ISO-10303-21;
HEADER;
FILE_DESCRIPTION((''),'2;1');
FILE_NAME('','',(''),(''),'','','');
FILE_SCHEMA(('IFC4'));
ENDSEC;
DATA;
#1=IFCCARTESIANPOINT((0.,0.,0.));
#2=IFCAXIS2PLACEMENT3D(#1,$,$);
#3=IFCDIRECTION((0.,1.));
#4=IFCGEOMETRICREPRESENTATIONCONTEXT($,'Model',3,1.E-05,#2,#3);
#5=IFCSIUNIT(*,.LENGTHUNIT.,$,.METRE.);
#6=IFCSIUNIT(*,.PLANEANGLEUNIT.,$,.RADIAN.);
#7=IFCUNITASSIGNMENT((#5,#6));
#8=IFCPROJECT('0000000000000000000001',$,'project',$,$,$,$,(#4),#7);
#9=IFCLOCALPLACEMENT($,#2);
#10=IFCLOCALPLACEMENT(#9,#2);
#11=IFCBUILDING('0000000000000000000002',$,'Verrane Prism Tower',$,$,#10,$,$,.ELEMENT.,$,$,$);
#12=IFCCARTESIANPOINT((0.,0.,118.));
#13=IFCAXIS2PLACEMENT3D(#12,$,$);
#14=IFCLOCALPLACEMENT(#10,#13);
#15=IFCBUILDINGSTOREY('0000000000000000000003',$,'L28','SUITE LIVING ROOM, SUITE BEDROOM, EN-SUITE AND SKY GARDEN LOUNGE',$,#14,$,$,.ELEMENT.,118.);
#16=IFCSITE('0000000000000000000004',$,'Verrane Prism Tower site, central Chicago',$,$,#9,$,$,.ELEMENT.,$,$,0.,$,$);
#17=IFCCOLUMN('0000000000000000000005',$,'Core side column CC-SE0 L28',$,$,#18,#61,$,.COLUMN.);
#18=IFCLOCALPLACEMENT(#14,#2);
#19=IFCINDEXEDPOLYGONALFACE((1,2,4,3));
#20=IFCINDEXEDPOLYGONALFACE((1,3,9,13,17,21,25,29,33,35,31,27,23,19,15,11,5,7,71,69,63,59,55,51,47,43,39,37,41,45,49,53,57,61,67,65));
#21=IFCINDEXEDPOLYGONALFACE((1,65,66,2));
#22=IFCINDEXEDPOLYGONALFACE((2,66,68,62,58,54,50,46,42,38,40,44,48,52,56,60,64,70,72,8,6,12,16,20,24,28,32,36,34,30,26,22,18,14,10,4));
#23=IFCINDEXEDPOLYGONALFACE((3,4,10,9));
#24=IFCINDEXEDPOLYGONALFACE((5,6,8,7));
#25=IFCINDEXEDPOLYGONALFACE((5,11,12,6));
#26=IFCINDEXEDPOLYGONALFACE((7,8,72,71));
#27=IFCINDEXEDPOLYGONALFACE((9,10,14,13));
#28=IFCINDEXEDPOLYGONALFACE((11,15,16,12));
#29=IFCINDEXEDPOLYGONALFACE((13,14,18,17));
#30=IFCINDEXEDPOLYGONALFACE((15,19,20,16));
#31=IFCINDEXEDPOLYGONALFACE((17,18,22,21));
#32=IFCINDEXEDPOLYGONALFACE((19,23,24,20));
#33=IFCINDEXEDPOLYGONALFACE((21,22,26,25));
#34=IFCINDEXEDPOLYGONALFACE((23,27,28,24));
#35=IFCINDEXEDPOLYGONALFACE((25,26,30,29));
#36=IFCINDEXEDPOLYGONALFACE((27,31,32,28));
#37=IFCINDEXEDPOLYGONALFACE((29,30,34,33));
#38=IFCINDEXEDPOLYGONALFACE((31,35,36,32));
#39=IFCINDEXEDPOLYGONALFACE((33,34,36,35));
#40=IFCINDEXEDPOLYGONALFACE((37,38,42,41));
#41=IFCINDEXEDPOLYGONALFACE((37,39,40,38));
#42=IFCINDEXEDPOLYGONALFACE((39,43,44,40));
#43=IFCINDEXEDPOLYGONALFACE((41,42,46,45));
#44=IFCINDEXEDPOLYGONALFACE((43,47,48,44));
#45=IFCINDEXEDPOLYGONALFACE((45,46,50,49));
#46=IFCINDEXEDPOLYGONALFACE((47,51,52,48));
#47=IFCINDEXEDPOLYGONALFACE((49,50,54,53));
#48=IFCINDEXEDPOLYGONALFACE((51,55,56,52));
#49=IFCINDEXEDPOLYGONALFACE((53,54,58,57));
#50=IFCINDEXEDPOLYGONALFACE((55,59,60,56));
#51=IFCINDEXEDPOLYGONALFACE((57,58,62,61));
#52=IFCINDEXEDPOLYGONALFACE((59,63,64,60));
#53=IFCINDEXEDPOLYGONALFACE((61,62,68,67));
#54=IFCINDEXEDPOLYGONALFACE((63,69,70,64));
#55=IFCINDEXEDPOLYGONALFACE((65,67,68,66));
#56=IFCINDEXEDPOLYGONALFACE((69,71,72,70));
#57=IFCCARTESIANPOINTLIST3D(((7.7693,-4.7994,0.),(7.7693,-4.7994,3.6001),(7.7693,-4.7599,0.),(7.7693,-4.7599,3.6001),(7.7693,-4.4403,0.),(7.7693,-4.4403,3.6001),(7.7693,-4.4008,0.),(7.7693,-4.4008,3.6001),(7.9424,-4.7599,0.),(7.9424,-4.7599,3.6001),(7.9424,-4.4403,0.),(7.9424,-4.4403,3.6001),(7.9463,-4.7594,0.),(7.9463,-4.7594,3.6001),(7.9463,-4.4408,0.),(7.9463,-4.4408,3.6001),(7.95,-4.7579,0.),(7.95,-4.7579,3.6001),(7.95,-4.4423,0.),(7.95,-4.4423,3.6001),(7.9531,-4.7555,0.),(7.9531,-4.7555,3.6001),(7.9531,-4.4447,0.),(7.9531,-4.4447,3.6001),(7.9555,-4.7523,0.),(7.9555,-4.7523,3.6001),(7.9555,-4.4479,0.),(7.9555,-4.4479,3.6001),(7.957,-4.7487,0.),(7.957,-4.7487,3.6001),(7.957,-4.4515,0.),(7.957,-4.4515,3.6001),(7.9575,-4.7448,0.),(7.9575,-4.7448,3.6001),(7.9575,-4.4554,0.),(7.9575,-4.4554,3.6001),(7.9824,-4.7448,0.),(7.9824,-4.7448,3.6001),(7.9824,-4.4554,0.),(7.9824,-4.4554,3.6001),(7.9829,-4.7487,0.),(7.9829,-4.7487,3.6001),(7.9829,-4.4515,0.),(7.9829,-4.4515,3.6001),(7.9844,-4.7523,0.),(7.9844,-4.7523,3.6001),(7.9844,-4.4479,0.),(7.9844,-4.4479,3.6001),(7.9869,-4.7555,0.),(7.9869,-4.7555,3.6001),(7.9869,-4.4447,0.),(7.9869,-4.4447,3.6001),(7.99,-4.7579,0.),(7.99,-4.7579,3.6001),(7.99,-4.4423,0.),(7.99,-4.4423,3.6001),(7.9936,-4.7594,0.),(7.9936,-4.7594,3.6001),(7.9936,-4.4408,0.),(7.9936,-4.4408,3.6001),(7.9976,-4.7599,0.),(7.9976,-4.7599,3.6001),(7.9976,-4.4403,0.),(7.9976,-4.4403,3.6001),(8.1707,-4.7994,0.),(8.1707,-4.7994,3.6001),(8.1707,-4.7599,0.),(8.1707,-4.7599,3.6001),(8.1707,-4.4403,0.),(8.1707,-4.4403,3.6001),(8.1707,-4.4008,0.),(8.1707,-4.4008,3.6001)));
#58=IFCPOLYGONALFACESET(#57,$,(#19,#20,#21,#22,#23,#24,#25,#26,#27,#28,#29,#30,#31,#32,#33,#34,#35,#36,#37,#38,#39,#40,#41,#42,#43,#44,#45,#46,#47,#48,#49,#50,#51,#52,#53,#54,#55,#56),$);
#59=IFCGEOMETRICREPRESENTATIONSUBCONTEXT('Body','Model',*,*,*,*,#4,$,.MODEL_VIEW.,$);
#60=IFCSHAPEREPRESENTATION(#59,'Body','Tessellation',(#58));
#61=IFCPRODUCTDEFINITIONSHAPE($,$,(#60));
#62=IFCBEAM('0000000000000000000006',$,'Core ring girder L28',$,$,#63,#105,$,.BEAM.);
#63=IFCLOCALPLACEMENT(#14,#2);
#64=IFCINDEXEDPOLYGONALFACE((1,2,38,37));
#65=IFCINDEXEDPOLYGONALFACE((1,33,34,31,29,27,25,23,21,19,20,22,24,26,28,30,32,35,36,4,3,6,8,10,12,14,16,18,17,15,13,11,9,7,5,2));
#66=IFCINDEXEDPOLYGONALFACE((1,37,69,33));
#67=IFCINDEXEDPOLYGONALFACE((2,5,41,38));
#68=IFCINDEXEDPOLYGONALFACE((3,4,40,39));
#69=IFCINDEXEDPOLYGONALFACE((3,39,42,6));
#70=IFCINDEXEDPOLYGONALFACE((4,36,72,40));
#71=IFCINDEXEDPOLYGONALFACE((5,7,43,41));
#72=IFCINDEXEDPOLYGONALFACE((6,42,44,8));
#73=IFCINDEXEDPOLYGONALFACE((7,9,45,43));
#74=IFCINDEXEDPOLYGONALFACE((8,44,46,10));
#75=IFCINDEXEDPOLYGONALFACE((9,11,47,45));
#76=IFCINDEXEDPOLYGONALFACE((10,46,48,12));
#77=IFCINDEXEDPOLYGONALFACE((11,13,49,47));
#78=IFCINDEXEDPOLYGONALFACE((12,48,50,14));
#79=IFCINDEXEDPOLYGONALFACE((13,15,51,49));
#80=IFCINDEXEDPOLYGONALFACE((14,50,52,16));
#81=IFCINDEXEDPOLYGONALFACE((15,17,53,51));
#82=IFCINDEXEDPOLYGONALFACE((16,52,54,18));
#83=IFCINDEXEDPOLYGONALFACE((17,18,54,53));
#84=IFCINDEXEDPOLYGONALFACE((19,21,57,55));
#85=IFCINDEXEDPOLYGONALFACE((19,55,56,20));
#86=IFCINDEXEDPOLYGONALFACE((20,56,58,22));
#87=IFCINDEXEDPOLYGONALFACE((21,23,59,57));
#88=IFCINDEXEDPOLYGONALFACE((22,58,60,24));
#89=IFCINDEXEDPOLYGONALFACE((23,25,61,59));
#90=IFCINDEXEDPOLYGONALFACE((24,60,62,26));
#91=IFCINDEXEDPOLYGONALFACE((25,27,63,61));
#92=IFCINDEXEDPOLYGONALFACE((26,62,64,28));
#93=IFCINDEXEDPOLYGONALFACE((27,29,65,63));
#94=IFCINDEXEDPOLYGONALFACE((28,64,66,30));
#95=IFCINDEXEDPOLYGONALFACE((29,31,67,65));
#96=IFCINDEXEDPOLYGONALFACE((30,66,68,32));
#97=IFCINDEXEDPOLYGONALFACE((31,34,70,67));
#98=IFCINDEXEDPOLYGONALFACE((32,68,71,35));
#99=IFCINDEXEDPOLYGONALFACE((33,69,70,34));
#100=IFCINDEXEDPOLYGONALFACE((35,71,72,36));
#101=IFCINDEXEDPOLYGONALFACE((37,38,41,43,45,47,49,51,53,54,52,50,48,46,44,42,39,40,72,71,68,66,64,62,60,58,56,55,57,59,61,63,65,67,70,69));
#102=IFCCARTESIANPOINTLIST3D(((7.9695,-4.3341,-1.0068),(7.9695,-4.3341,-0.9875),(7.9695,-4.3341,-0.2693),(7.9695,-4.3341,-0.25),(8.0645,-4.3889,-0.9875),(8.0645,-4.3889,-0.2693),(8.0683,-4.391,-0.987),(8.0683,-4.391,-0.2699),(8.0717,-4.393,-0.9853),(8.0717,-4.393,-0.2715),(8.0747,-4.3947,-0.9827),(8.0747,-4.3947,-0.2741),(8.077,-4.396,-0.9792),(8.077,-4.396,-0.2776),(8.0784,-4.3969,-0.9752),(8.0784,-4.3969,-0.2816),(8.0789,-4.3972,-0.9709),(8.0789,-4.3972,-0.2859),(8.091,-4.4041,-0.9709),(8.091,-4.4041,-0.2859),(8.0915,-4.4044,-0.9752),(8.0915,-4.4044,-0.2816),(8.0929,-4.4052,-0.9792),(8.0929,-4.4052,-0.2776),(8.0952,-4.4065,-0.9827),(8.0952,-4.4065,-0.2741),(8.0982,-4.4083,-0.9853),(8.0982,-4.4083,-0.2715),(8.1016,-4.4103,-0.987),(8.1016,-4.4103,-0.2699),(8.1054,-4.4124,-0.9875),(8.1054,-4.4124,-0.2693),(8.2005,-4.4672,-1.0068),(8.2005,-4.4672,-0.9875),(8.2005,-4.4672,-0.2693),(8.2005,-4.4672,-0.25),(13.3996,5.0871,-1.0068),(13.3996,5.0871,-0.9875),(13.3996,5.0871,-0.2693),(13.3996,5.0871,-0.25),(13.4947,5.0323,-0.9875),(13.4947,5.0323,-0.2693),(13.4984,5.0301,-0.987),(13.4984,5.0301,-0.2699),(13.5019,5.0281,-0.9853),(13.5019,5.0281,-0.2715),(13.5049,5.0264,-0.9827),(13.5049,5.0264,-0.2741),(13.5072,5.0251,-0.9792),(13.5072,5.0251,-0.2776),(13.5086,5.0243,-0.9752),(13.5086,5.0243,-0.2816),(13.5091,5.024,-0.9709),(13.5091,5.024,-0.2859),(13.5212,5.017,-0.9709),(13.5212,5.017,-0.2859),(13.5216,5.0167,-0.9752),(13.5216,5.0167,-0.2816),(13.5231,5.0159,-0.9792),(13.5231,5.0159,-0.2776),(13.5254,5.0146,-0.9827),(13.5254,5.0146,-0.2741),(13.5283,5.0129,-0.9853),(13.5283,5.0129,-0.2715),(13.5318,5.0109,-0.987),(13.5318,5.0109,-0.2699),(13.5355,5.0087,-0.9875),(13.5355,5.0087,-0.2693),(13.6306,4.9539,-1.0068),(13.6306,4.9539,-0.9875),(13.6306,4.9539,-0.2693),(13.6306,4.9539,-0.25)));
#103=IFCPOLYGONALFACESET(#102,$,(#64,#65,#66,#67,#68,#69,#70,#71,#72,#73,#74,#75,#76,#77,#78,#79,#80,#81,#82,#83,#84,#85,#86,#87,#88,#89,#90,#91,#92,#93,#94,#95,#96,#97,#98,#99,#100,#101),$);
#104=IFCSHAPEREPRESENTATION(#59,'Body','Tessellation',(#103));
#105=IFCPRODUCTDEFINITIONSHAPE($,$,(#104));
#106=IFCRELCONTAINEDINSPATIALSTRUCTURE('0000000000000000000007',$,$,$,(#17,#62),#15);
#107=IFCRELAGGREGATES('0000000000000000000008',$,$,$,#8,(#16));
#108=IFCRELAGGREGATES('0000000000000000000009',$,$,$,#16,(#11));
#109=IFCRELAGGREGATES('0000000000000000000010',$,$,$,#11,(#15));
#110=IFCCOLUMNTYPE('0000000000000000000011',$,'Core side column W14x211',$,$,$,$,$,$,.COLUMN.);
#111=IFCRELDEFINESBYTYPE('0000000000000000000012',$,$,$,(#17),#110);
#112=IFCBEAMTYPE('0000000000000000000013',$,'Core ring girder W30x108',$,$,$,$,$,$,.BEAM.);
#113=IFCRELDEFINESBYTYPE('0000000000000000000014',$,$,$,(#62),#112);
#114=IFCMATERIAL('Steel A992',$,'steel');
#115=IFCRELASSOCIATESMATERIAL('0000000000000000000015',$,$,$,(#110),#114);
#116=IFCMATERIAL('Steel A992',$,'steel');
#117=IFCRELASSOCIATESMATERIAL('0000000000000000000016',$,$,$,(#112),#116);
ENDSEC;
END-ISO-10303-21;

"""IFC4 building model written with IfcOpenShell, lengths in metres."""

from ifc_helpers import new_model, si_unit, direction, frame, origin, origin_2d, place, context, subcontext, project, spatial, i_section, extrude, material, material_profile, profile_set, type_object, element, save


model = new_model("IFC4")

# Units and contexts
model_context = context("Model", 3, precision=1e-05, world=origin(), true_north=direction((0.0, 1.0)))
body_context = subcontext(model_context, "Body", "Model", "MODEL_VIEW")
ifc_project = project(units=[si_unit("LENGTHUNIT", "METRE"), si_unit("PLANEANGLEUNIT", "RADIAN")], contexts=[model_context])

# Site, building, storey
site_placement = place(None, origin())
site = spatial("IfcSite", under=ifc_project, at=site_placement, Name="Verrane Prism Tower site, central Chicago", CompositionType="ELEMENT", RefElevation=0.0)
building_placement = place(site_placement, origin())
building = spatial("IfcBuilding", under=site, at=building_placement, Name="Verrane Prism Tower", CompositionType="ELEMENT")
storey_placement = place(building_placement, frame((0.0, 0.0, 118.0)))
storey = spatial("IfcBuildingStorey", under=building, at=storey_placement, Name="L28", Description="SUITE LIVING ROOM, SUITE BEDROOM, EN-SUITE AND SKY GARDEN LOUNGE", CompositionType="ELEMENT", Elevation=118.0)

# Column
ifc_material_1 = material(Name="Steel A992", Category="steel")
ifc_material_profile_1 = material_profile(ifc_material_1, i_section(OverallWidth=0.4014, OverallDepth=0.3987, WebThickness=0.0249, FlangeThickness=0.0396, FilletRadius=0.0151, at=origin_2d()), Name="W14x211")
ifc_profile_set_1 = profile_set([ifc_material_profile_1], Name="Steel A992")
column_type = type_object("IfcColumnType", Name="Core side column W14x211", PredefinedType="COLUMN", material=ifc_profile_set_1)
column_placement = place(storey_placement, frame((7.97, -4.6001, 0.0), z_axis=(0.0, 0.0, 1.0), x_axis=(1.0, 0.0, 0.0)))
element("IfcColumn", 1, at=column_placement, inside=storey, type_object=column_type, Name="Core side column CC-SE0 L28", PredefinedType="COLUMN", context=body_context, shape_type="SweptSolid", body=[
    extrude(i_section(OverallWidth=0.4014, OverallDepth=0.3987, WebThickness=0.0249, FlangeThickness=0.0396, FilletRadius=0.0151, at=origin_2d()), origin(), (0.0, 0.0, 1.0), 3.6001),
])

# Beam
ifc_material_2 = material(Name="Steel A992", Category="steel")
ifc_material_profile_2 = material_profile(ifc_material_2, i_section(OverallWidth=0.2666, OverallDepth=0.7568, WebThickness=0.0139, FlangeThickness=0.0193, FilletRadius=0.0166, at=origin_2d()), Name="W30x108")
ifc_profile_set_2 = profile_set([ifc_material_profile_2], Name="Steel A992")
beam_type = type_object("IfcBeamType", Name="Core ring girder W30x108", PredefinedType="BEAM", material=ifc_profile_set_2)
beam_placement = place(storey_placement, frame((8.085, -4.4006, -0.6284), z_axis=(0.499371, 0.866388, 0.0), x_axis=(-0.866388, 0.499371, 0.0)))
element("IfcBeam", 2, at=beam_placement, inside=storey, type_object=beam_type, Name="Core ring girder L28", PredefinedType="BEAM", context=body_context, shape_type="SweptSolid", body=[
    extrude(i_section(OverallWidth=0.2666, OverallDepth=0.7568, WebThickness=0.0139, FlangeThickness=0.0193, FilletRadius=0.0166, at=origin_2d()), origin(), (0.0, 0.0, 1.0), 10.874),
])

save(model, "model.ifc")
